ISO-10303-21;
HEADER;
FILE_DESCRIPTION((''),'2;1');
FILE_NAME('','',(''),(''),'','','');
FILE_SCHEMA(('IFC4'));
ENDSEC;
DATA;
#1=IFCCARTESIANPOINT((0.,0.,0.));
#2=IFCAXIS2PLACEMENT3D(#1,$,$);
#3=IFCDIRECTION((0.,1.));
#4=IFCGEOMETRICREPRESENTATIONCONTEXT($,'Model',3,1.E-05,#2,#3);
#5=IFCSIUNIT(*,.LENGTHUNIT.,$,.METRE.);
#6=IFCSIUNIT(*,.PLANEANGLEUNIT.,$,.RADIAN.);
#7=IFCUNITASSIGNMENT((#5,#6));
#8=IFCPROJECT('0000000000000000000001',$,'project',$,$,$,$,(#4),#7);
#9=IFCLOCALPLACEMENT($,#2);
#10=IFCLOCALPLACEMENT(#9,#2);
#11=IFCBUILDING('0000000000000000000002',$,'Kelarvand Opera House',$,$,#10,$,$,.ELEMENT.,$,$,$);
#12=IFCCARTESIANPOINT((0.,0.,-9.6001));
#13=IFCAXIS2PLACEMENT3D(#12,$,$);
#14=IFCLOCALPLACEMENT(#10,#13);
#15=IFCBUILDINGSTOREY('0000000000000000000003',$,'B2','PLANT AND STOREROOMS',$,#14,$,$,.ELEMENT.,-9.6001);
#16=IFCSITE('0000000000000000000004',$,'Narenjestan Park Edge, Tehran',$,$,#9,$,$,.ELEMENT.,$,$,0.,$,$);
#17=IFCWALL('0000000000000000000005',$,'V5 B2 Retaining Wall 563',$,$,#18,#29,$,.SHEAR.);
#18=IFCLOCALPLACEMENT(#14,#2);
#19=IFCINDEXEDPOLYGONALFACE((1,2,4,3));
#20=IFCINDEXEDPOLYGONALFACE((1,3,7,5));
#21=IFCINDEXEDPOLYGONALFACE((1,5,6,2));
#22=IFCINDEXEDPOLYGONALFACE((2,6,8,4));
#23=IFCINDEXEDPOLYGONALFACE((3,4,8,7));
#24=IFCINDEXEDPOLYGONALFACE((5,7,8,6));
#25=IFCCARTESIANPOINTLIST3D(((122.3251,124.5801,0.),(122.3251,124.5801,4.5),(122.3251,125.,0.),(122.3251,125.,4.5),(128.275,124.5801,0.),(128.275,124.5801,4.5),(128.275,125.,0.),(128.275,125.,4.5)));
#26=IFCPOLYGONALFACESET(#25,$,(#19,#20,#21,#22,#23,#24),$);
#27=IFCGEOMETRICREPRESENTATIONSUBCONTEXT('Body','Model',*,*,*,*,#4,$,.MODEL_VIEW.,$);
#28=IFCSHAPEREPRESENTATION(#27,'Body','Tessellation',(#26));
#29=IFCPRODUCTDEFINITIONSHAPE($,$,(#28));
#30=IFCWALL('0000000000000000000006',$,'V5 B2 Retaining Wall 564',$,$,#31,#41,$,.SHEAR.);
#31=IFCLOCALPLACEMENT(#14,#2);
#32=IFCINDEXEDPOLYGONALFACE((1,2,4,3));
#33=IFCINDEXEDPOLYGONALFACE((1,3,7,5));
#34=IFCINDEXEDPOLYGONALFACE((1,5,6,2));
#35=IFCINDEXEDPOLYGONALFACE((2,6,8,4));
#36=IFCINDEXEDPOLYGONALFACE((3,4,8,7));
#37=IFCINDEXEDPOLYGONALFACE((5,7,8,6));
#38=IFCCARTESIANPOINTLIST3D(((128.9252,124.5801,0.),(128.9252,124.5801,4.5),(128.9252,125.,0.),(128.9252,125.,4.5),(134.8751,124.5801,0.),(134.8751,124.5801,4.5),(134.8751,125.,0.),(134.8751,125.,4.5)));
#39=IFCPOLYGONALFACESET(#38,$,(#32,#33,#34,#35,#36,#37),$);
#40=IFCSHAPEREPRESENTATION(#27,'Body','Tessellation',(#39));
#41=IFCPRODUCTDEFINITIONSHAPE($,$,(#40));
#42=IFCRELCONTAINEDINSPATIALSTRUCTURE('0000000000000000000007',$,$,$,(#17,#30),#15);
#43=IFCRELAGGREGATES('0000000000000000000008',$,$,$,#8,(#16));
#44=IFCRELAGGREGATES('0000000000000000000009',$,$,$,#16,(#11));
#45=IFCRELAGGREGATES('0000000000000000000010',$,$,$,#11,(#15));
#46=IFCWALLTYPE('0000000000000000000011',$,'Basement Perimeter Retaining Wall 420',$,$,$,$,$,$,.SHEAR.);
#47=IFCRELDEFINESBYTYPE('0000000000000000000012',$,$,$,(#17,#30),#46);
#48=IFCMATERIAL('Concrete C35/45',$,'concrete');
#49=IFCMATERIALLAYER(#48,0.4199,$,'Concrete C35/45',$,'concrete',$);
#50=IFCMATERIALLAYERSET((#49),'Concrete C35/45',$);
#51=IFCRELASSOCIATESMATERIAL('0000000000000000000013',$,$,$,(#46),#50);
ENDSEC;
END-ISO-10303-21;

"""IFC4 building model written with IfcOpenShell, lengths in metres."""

from ifc_helpers import new_model, si_unit, direction, frame, frame_2d, origin, place, context, subcontext, project, spatial, rectangle, extrude, material, layer, layer_set, type_object, element, save


model = new_model("IFC4")

# Units and contexts
model_context = context("Model", 3, precision=1e-05, world=origin(), true_north=direction((0.0, 1.0)))
body_context = subcontext(model_context, "Body", "Model", "MODEL_VIEW")
ifc_project = project(units=[si_unit("LENGTHUNIT", "METRE"), si_unit("PLANEANGLEUNIT", "RADIAN")], contexts=[model_context])

# Site, building, storey
site_placement = place(None, origin())
site = spatial("IfcSite", under=ifc_project, at=site_placement, Name="Narenjestan Park Edge, Tehran", CompositionType="ELEMENT", RefElevation=0.0)
building_placement = place(site_placement, origin())
building = spatial("IfcBuilding", under=site, at=building_placement, Name="Kelarvand Opera House", CompositionType="ELEMENT")
storey_placement = place(building_placement, frame((0.0, 0.0, -9.6001)))
storey = spatial("IfcBuildingStorey", under=building, at=storey_placement, Name="B2", Description="PLANT AND STOREROOMS", CompositionType="ELEMENT", Elevation=-9.6001)

# Walls
ifc_material_1 = material(Name="Concrete C35/45", Category="concrete")
ifc_layer_1 = layer(ifc_material_1, 0.4199, Name="Concrete C35/45", Category="concrete")
ifc_layer_set_1 = layer_set([ifc_layer_1], Name="Concrete C35/45")
wall_type_1 = type_object("IfcWallType", Name="Basement Perimeter Retaining Wall 420", PredefinedType="SHEAR", material=ifc_layer_set_1)
for number, where, z_axis, x_axis, name in (
    (1, (122.325, 124.79, 0.0), (0.0, 0.0, 1.0), (1.0, 0.0, 0.0), "V5 B2 Retaining Wall 563"),
    (2, (128.925, 124.79, 0.0), (0.0, 0.0, 1.0), (1.0, 0.0, 0.0), "V5 B2 Retaining Wall 564"),
):
    element("IfcWall", number, at=place(storey_placement, frame(where, z_axis=z_axis, x_axis=x_axis)), inside=storey, type_object=wall_type_1, Name=name, PredefinedType="SHEAR", context=body_context, shape_type="SweptSolid", body=[
        extrude(rectangle(XDim=5.95, YDim=0.4199, at=frame_2d((2.9751, 0.0))), origin(), (0.0, 0.0, 1.0), 4.5),
    ])

save(model, "model.ifc")
